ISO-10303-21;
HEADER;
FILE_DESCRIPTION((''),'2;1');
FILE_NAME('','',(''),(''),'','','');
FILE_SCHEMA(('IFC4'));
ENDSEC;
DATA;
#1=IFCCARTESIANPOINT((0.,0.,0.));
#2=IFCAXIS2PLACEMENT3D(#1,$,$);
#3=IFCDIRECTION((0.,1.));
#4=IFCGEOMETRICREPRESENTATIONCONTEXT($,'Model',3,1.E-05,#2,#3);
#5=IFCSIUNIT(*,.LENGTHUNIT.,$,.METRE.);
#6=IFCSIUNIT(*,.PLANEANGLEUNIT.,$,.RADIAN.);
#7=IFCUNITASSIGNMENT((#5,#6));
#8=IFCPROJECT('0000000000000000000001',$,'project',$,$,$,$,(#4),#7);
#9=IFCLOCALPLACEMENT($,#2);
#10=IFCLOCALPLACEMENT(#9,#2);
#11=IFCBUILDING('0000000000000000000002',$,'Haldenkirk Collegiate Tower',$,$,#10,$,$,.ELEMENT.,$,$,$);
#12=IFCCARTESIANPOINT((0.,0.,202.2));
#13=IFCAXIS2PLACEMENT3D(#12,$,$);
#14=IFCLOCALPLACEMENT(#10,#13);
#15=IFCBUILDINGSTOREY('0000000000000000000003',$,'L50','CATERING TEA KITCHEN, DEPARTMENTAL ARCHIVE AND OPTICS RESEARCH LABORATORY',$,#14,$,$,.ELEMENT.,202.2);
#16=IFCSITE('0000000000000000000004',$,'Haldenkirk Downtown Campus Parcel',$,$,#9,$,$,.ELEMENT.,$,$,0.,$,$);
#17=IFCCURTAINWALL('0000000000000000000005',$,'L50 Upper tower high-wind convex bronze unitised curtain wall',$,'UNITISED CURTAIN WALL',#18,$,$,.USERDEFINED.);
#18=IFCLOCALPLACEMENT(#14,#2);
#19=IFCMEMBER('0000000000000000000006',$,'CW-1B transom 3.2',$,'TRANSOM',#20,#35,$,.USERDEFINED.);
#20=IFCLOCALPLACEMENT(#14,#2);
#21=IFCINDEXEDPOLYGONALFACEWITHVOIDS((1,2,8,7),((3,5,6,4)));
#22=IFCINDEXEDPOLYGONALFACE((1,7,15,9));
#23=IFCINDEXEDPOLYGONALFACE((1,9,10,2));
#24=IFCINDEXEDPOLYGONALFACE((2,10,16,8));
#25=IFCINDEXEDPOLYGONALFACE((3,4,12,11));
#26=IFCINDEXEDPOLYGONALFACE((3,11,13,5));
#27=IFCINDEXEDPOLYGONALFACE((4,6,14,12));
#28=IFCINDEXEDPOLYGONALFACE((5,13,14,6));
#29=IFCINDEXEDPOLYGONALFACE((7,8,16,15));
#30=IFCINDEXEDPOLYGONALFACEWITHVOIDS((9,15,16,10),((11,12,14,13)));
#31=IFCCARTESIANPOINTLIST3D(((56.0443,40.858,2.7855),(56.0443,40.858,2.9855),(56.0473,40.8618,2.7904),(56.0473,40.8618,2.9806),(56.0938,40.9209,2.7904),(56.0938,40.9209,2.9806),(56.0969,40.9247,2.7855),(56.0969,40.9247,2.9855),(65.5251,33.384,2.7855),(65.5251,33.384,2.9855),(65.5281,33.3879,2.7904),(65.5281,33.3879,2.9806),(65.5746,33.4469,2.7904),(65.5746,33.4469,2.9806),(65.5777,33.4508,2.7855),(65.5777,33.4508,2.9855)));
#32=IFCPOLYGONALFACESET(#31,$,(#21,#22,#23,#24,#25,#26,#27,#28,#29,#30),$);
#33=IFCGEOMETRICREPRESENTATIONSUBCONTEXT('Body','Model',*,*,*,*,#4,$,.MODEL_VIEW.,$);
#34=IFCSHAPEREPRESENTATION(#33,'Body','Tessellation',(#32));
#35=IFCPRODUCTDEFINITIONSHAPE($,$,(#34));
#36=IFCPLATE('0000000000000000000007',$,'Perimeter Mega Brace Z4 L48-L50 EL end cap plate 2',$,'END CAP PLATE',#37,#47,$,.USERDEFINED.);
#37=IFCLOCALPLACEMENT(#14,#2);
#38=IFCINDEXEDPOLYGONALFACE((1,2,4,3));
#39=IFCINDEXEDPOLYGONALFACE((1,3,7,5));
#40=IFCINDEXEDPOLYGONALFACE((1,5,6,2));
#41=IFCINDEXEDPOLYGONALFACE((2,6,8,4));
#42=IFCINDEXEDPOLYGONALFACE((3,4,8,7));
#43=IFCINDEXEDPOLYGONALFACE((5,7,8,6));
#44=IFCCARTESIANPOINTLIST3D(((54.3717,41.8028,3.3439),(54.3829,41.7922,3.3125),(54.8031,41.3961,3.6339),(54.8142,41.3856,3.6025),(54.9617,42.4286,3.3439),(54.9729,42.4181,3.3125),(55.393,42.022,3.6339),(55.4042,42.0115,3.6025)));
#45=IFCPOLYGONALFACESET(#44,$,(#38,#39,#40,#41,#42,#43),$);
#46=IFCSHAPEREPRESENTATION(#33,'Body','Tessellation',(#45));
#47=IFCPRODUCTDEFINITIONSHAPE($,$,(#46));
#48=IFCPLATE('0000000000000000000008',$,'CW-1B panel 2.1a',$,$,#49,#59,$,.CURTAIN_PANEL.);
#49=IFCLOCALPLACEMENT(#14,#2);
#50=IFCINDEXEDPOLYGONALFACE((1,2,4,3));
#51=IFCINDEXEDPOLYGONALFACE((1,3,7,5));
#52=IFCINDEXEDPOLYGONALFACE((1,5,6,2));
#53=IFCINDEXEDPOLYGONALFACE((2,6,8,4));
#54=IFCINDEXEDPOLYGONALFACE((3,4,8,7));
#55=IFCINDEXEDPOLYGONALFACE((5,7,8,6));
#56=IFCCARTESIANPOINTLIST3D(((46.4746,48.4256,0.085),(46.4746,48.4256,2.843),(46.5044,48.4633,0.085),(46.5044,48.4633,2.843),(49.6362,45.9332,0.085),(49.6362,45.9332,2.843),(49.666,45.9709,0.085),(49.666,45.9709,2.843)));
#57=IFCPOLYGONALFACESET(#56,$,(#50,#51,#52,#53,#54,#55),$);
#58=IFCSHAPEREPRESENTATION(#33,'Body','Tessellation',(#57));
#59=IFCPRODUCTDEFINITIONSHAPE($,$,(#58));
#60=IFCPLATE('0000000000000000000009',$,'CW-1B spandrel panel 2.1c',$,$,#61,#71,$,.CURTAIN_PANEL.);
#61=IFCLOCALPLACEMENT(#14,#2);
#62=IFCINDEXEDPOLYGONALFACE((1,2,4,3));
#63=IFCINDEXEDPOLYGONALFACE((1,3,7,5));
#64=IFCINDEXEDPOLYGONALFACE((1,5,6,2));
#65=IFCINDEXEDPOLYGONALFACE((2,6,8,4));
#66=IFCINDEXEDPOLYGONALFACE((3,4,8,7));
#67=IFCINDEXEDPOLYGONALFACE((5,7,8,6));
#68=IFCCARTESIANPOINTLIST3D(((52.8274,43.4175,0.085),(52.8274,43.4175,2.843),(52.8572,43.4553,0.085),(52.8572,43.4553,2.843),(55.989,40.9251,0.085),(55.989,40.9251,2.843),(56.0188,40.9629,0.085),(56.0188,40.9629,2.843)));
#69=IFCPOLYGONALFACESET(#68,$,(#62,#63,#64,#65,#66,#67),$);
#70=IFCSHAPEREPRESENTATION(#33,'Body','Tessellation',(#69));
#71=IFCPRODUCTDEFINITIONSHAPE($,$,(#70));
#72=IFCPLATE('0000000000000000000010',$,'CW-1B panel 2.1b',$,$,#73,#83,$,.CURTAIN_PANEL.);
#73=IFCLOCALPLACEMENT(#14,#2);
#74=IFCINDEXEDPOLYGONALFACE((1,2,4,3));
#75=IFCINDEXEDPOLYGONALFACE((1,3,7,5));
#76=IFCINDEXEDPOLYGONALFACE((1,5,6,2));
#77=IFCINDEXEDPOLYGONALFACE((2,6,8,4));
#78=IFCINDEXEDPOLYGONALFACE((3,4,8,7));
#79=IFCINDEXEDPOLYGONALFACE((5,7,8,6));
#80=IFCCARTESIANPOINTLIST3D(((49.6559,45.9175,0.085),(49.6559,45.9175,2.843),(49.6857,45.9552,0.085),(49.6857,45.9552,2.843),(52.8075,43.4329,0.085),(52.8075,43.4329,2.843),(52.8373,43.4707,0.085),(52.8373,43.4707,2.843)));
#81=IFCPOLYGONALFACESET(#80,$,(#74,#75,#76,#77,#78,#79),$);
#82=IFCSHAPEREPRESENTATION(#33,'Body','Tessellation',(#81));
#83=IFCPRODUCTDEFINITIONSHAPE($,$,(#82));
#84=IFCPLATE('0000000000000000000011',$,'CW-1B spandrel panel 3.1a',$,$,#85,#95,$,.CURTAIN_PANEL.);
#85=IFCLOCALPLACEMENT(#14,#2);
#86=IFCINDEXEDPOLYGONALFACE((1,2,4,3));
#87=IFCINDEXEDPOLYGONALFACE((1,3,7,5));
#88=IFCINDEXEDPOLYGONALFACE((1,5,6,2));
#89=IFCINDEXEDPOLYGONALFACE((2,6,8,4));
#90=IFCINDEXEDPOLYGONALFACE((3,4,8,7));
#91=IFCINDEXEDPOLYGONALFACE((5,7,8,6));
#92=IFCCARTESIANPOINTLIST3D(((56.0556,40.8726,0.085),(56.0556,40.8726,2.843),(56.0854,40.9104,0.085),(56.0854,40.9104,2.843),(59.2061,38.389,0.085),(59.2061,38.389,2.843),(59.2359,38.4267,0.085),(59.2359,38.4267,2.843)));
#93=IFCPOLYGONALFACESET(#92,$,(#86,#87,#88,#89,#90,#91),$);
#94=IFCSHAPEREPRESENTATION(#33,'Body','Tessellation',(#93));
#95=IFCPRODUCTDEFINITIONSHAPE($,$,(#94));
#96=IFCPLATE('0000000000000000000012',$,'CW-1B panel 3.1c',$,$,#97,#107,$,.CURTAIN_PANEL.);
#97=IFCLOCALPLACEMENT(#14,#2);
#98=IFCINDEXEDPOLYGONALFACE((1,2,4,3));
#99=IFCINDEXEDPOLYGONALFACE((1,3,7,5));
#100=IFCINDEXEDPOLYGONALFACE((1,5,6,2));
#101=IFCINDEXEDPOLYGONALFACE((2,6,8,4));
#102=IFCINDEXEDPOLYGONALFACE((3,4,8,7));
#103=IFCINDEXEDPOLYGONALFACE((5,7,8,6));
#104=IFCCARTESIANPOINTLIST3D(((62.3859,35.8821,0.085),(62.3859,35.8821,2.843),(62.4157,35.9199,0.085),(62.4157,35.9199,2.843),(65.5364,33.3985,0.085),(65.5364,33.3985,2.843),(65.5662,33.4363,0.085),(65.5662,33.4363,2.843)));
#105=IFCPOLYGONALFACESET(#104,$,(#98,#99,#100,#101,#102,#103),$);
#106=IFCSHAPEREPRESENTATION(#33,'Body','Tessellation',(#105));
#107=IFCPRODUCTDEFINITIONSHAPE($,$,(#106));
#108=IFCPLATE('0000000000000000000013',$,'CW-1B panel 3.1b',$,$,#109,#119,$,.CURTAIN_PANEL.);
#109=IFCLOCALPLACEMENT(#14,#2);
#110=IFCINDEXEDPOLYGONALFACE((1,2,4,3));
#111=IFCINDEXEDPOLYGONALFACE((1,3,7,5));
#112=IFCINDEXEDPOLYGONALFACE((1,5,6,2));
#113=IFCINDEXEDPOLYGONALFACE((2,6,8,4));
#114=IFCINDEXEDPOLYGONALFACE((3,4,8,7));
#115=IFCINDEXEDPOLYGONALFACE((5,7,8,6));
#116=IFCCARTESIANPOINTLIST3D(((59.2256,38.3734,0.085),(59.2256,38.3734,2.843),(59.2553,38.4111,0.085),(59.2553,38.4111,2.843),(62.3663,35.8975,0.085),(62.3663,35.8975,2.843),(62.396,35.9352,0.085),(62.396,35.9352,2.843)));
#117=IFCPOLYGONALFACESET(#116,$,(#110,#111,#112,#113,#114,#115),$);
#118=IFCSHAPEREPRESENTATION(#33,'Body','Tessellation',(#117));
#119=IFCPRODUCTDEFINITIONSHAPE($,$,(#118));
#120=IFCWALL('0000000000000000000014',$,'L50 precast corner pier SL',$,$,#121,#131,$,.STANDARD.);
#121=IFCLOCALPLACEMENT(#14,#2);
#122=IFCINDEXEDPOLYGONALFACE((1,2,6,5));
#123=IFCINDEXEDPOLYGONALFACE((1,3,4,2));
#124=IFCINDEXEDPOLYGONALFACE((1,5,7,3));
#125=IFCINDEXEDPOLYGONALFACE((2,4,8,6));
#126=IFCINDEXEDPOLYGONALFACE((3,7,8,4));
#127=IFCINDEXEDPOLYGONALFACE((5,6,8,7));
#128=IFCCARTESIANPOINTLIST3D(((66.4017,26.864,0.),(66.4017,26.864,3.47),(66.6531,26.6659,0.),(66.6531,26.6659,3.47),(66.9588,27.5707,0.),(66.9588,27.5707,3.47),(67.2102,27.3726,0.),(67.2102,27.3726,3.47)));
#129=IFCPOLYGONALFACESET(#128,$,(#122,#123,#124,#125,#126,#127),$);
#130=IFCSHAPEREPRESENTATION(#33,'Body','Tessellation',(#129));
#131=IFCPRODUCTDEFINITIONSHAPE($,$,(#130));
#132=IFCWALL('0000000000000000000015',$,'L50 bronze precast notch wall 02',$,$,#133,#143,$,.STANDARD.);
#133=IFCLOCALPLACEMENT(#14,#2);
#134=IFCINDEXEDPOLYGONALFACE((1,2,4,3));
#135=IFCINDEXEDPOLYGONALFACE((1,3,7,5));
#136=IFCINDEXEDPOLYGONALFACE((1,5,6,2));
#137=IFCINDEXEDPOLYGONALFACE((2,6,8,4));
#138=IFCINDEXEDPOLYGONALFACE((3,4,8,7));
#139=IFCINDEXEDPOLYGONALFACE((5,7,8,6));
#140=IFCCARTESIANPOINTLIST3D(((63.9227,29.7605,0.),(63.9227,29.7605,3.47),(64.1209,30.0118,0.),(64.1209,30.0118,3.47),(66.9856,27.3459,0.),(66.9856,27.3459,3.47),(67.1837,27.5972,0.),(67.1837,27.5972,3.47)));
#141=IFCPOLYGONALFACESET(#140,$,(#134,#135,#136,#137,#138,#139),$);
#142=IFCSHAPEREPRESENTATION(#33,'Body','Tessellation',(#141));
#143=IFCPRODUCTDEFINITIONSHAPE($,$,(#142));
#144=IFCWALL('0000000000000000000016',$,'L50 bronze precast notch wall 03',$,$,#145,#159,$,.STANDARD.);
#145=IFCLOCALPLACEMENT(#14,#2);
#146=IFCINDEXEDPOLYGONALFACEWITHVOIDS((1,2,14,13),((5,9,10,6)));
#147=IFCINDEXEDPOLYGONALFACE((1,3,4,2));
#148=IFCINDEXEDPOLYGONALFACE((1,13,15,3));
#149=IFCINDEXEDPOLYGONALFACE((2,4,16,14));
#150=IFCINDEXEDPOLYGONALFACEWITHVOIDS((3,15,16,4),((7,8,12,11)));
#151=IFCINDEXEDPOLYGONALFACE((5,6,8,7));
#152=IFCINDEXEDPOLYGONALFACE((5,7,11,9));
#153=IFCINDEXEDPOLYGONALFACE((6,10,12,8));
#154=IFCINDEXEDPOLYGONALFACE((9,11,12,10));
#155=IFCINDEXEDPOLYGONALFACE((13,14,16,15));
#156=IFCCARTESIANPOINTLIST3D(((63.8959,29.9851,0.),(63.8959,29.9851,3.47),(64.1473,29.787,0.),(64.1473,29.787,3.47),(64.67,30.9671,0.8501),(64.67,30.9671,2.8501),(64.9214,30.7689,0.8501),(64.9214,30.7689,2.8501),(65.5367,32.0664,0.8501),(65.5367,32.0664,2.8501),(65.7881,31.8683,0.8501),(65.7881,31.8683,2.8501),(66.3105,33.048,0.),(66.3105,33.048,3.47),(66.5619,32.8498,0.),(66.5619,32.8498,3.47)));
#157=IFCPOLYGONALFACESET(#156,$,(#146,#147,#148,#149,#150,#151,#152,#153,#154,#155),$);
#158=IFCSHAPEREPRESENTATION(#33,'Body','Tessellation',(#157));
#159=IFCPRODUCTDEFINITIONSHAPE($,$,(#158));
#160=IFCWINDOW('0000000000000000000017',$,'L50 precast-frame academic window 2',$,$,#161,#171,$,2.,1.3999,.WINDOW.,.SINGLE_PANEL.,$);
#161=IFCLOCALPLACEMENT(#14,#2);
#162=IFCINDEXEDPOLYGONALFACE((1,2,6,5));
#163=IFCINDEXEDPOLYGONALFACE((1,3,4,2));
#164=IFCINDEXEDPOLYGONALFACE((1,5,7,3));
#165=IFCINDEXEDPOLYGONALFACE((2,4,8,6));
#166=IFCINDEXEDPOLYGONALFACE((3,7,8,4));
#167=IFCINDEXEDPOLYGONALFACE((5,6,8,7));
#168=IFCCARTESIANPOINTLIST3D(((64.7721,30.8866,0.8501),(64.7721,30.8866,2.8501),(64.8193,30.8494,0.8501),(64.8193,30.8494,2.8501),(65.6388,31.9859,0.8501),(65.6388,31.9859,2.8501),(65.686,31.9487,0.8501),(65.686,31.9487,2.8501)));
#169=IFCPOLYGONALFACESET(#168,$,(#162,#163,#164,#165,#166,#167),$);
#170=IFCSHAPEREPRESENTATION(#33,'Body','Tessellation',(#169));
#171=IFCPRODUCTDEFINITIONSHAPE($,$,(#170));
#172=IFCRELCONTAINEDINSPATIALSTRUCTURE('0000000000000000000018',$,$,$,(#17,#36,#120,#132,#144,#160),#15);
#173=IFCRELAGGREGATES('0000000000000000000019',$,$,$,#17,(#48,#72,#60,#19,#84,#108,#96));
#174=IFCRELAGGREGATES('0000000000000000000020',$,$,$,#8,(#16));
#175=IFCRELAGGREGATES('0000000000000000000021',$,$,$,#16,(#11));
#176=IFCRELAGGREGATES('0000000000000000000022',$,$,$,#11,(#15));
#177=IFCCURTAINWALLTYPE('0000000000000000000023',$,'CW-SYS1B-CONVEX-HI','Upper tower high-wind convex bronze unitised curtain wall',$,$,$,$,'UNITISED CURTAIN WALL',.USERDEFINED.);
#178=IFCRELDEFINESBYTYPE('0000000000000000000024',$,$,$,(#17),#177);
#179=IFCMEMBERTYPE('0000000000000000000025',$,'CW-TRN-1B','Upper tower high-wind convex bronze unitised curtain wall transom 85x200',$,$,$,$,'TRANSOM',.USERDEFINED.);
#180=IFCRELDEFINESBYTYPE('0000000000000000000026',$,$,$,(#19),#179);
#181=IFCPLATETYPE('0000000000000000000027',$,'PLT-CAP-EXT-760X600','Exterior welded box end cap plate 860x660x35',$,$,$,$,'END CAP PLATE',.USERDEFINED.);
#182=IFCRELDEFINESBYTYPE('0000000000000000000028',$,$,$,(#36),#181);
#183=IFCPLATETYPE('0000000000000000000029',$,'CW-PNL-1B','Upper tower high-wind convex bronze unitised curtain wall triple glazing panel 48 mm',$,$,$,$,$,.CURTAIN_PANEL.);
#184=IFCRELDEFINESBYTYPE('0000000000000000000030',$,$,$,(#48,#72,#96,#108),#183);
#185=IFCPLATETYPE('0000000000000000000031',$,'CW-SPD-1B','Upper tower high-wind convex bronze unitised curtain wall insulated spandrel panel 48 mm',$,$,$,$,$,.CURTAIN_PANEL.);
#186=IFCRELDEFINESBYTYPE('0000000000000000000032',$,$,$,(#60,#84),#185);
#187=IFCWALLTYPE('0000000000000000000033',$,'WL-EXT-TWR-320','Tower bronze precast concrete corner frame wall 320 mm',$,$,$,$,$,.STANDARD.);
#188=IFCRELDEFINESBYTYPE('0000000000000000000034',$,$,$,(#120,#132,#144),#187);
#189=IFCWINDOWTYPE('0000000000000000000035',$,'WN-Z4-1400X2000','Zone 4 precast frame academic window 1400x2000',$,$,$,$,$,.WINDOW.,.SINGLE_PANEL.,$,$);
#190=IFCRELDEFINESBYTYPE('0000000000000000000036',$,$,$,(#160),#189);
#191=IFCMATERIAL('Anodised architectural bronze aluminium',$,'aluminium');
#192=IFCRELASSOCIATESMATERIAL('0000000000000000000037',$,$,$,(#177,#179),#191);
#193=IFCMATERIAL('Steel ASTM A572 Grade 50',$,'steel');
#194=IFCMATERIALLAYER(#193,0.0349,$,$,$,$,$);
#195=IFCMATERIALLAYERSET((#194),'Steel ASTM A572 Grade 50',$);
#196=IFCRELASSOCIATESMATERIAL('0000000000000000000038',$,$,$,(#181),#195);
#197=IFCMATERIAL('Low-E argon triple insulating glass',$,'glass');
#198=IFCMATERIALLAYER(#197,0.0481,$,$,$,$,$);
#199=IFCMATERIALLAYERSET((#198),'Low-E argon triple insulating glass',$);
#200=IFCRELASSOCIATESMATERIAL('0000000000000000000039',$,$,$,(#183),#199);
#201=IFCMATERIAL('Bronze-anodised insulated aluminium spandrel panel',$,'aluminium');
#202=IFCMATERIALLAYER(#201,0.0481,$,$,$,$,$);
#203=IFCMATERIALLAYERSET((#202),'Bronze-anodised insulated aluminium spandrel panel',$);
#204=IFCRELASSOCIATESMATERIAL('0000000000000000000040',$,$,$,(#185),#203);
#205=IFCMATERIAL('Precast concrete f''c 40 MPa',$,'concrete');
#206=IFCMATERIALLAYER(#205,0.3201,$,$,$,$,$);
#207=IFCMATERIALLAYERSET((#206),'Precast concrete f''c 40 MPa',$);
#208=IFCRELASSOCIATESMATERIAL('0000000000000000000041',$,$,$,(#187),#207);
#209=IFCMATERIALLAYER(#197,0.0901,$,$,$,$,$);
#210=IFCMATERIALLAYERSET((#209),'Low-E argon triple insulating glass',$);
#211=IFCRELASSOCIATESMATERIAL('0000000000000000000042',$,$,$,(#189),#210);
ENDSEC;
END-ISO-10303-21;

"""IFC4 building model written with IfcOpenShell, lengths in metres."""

from ifc_helpers import new_model, si_unit, direction, frame, frame_2d, origin, origin_2d, place, context, subcontext, project, spatial, rectangle, hollow_rectangle, extrude, source, transform, mapped, material, layer, layer_set, material_profile, profile_set, type_object, element, fill, aggregate, save


model = new_model("IFC4")

# Units and contexts
model_context = context("Model", 3, precision=1e-05, world=origin(), true_north=direction((0.0, 1.0)))
body_context = subcontext(model_context, "Body", "Model", "MODEL_VIEW")
ifc_project = project(units=[si_unit("LENGTHUNIT", "METRE"), si_unit("PLANEANGLEUNIT", "RADIAN")], contexts=[model_context])

# Site, building, storey
site_placement = place(None, origin())
site = spatial("IfcSite", under=ifc_project, at=site_placement, Name="Haldenkirk Downtown Campus Parcel", CompositionType="ELEMENT", RefElevation=0.0)
building_placement = place(site_placement, origin())
building = spatial("IfcBuilding", under=site, at=building_placement, Name="Haldenkirk Collegiate Tower", CompositionType="ELEMENT")
storey_placement = place(building_placement, frame((0.0, 0.0, 202.2)))
storey = spatial("IfcBuildingStorey", under=building, at=storey_placement, Name="L50", Description="CATERING TEA KITCHEN, DEPARTMENTAL ARCHIVE AND OPTICS RESEARCH LABORATORY", CompositionType="ELEMENT", Elevation=202.2)

# Shared definitions
ifc_material_1 = material(Name="Steel ASTM A572 Grade 50", Category="steel")

# Shared definitions
ifc_material_2 = material(Name="Anodised architectural bronze aluminium", Category="aluminium")

# Curtain wall
curtain_wall_type_1 = type_object("IfcCurtainWallType", Name="CW-SYS1B-CONVEX-HI", Description="Upper tower high-wind convex bronze unitised curtain wall", ElementType="UNITISED CURTAIN WALL", PredefinedType="USERDEFINED", material=ifc_material_2)
curtain_wall_1_placement = place(storey_placement, origin())
curtain_wall_1 = element("IfcCurtainWall", 1, at=curtain_wall_1_placement, inside=storey, type_object=curtain_wall_type_1, Name="L50 Upper tower high-wind convex bronze unitised curtain wall", ObjectType="UNITISED CURTAIN WALL", PredefinedType="USERDEFINED")

# Member
ifc_material_profile_1 = material_profile(ifc_material_2, hollow_rectangle(XDim=0.085, YDim=0.2, WallThickness=0.0049, at=origin_2d()), Name="CW-TRN-1B")
ifc_profile_set_1 = profile_set([ifc_material_profile_1], Name="Anodised architectural bronze aluminium")
member_type_1 = type_object("IfcMemberType", Name="CW-TRN-1B", Description="Upper tower high-wind convex bronze unitised curtain wall transom 85x200", ElementType="TRANSOM", PredefinedType="USERDEFINED", material=ifc_profile_set_1)
member_1_placement = place(storey_placement, frame((56.0706, 40.8914, 2.8855), z_axis=(0.785322, -0.619088, 0.0), x_axis=(0.619088, 0.785322, 0.0)))
member_1 = element("IfcMember", 2, at=member_1_placement, type_object=member_type_1, Name="CW-1B transom 3.2", ObjectType="TRANSOM", PredefinedType="USERDEFINED", context=body_context, shape_type="SweptSolid", body=[
    extrude(hollow_rectangle(XDim=0.085, YDim=0.2, WallThickness=0.0049, at=origin_2d()), origin(), (0.0, 0.0, 1.0), 12.0725),
])

# Plates
ifc_layer_1 = layer(ifc_material_1, 0.0349)
ifc_layer_set_1 = layer_set([ifc_layer_1], Name="Steel ASTM A572 Grade 50")
plate_type_1 = type_object("IfcPlateType", Name="PLT-CAP-EXT-760X600", Description="Exterior welded box end cap plate 860x660x35", ElementType="END CAP PLATE", PredefinedType="USERDEFINED", material=ifc_layer_set_1)
shared_shape_1 = source(origin(), body_context, "Body", "SweptSolid", [
    extrude(rectangle(XDim=0.8601, YDim=0.6599, at=origin_2d()), origin(), (0.0, 0.0, 1.0), 0.0349),
])
plate_1_placement = place(storey_placement, frame((54.8936, 41.9019, 3.4575), z_axis=(-0.319786, 0.301466, 0.898251), x_axis=(-0.685956, -0.727643, 0.0)))
element("IfcPlate", 3, at=plate_1_placement, inside=storey, type_object=plate_type_1, Name="Perimeter Mega Brace Z4 L48-L50 EL end cap plate 2", ObjectType="END CAP PLATE", PredefinedType="USERDEFINED", context=body_context, shape_type="MappedRepresentation", body=[
    mapped(shared_shape_1, transform((0.0, 0.0, 0.0), x_axis=(1.0, 0.0, 0.0), y_axis=(0.0, 1.0, 0.0), z_axis=(0.0, 0.0, 1.0), scale=1.0)),
])
ifc_material_3 = material(Name="Low-E argon triple insulating glass", Category="glass")
ifc_layer_2 = layer(ifc_material_3, 0.0481)
ifc_layer_set_2 = layer_set([ifc_layer_2], Name="Low-E argon triple insulating glass")
plate_type_2 = type_object("IfcPlateType", Name="CW-PNL-1B", Description="Upper tower high-wind convex bronze unitised curtain wall triple glazing panel 48 mm", PredefinedType="CURTAIN_PANEL", material=ifc_layer_set_2)
shared_shape_2 = source(origin(), body_context, "Body", "SweptSolid", [
    extrude(rectangle(XDim=4.0259, YDim=0.0481, at=origin_2d()), origin(), (0.0, 0.0, 1.0), 2.7581),
])
plate_2_placement = place(storey_placement, frame((48.0703, 47.1982, 0.085), z_axis=(0.0, 0.0, 1.0), x_axis=(0.785317, -0.619093, 0.0)))
plate_2 = element("IfcPlate", 4, at=plate_2_placement, type_object=plate_type_2, Name="CW-1B panel 2.1a", PredefinedType="CURTAIN_PANEL", context=body_context, shape_type="MappedRepresentation", body=[
    mapped(shared_shape_2, transform((0.0, 0.0, 0.0), x_axis=(1.0, 0.0, 0.0), y_axis=(0.0, 1.0, 0.0), z_axis=(0.0, 0.0, 1.0), scale=1.0)),
])
ifc_material_4 = material(Name="Bronze-anodised insulated aluminium spandrel panel", Category="aluminium")
ifc_layer_3 = layer(ifc_material_4, 0.0481)
ifc_layer_set_3 = layer_set([ifc_layer_3], Name="Bronze-anodised insulated aluminium spandrel panel")
plate_type_3 = type_object("IfcPlateType", Name="CW-SPD-1B", Description="Upper tower high-wind convex bronze unitised curtain wall insulated spandrel panel 48 mm", PredefinedType="CURTAIN_PANEL", material=ifc_layer_set_3)
plate_3_placement = place(storey_placement, frame((54.4231, 42.1902, 0.085), z_axis=(0.0, 0.0, 1.0), x_axis=(0.785317, -0.619093, 0.0)))
plate_3 = element("IfcPlate", 5, at=plate_3_placement, type_object=plate_type_3, Name="CW-1B spandrel panel 2.1c", PredefinedType="CURTAIN_PANEL", context=body_context, shape_type="MappedRepresentation", body=[
    mapped(shared_shape_2, transform((0.0, 0.0, 0.0), x_axis=(1.0, 0.0, 0.0), y_axis=(0.0, 1.0, 0.0), z_axis=(0.0, 0.0, 1.0), scale=1.0)),
])
shared_shape_3 = source(origin(), body_context, "Body", "SweptSolid", [
    extrude(rectangle(XDim=4.0132, YDim=0.0481, at=origin_2d()), origin(), (0.0, 0.0, 1.0), 2.7581),
])
plate_4_placement = place(storey_placement, frame((51.2466, 44.6941, 0.085), z_axis=(0.0, 0.0, 1.0), x_axis=(0.785317, -0.619093, 0.0)))
plate_4 = element("IfcPlate", 6, at=plate_4_placement, type_object=plate_type_2, Name="CW-1B panel 2.1b", PredefinedType="CURTAIN_PANEL", context=body_context, shape_type="MappedRepresentation", body=[
    mapped(shared_shape_3, transform((0.0, 0.0, 0.0), x_axis=(1.0, 0.0, 0.0), y_axis=(0.0, 1.0, 0.0), z_axis=(0.0, 0.0, 1.0), scale=1.0)),
])
shared_shape_4 = source(origin(), body_context, "Body", "SweptSolid", [
    extrude(rectangle(XDim=4.0117, YDim=0.0481, at=origin_2d()), origin(), (0.0, 0.0, 1.0), 2.7581),
])
plate_5_placement = place(storey_placement, frame((57.6458, 39.6497, 0.085), z_axis=(0.0, 0.0, 1.0), x_axis=(0.785317, -0.619093, 0.0)))
plate_5 = element("IfcPlate", 7, at=plate_5_placement, type_object=plate_type_3, Name="CW-1B spandrel panel 3.1a", PredefinedType="CURTAIN_PANEL", context=body_context, shape_type="MappedRepresentation", body=[
    mapped(shared_shape_4, transform((0.0, 0.0, 0.0), x_axis=(1.0, 0.0, 0.0), y_axis=(0.0, 1.0, 0.0), z_axis=(0.0, 0.0, 1.0), scale=1.0)),
])
plate_6_placement = place(storey_placement, frame((63.9761, 34.6592, 0.085), z_axis=(0.0, 0.0, 1.0), x_axis=(0.785317, -0.619093, 0.0)))
plate_6 = element("IfcPlate", 8, at=plate_6_placement, type_object=plate_type_2, Name="CW-1B panel 3.1c", PredefinedType="CURTAIN_PANEL", context=body_context, shape_type="MappedRepresentation", body=[
    mapped(shared_shape_4, transform((0.0, 0.0, 0.0), x_axis=(1.0, 0.0, 0.0), y_axis=(0.0, 1.0, 0.0), z_axis=(0.0, 0.0, 1.0), scale=1.0)),
])
shared_shape_5 = source(origin(), body_context, "Body", "SweptSolid", [
    extrude(rectangle(XDim=3.9993, YDim=0.0481, at=origin_2d()), origin(), (0.0, 0.0, 1.0), 2.7581),
])
plate_7_placement = place(storey_placement, frame((60.8108, 37.1543, 0.085), z_axis=(0.0, 0.0, 1.0), x_axis=(0.785317, -0.619093, 0.0)))
plate_7 = element("IfcPlate", 9, at=plate_7_placement, type_object=plate_type_2, Name="CW-1B panel 3.1b", PredefinedType="CURTAIN_PANEL", context=body_context, shape_type="MappedRepresentation", body=[
    mapped(shared_shape_5, transform((0.0, 0.0, 0.0), x_axis=(1.0, 0.0, 0.0), y_axis=(0.0, 1.0, 0.0), z_axis=(0.0, 0.0, 1.0), scale=1.0)),
])
aggregate(curtain_wall_1, [plate_2, plate_4, plate_3, member_1, plate_5, plate_7, plate_6])

# Walls
ifc_material_5 = material(Name="Precast concrete f'c 40 MPa", Category="concrete")
ifc_layer_4 = layer(ifc_material_5, 0.3201)
ifc_layer_set_4 = layer_set([ifc_layer_4], Name="Precast concrete f'c 40 MPa")
wall_type_1 = type_object("IfcWallType", Name="WL-EXT-TWR-320", Description="Tower bronze precast concrete corner frame wall 320 mm", PredefinedType="STANDARD", material=ifc_layer_set_4)
wall_1_placement = place(storey_placement, frame((67.0845, 27.4717, 0.0), z_axis=(0.0, 0.0, 1.0), x_axis=(-0.619055, -0.785348, 0.0)))
element("IfcWall", 10, at=wall_1_placement, inside=storey, type_object=wall_type_1, Name="L50 precast corner pier SL", PredefinedType="STANDARD", context=body_context, shape_type="SweptSolid", body=[
    extrude(rectangle(XDim=0.8999, YDim=0.3201, at=frame_2d((0.45, 0.0))), origin(), (0.0, 0.0, 1.0), 3.47),
])
wall_2_placement = place(storey_placement, frame((64.0217, 29.8862, 0.0), z_axis=(0.0, 0.0, 1.0), x_axis=(0.785307, -0.619106, 0.0)))
element("IfcWall", 11, at=wall_2_placement, inside=storey, type_object=wall_type_1, Name="L50 bronze precast notch wall 02", PredefinedType="STANDARD", context=body_context, shape_type="SweptSolid", body=[
    extrude(rectangle(XDim=3.9001, YDim=0.3201, at=frame_2d((1.9502, 0.0))), origin(), (0.0, 0.0, 1.0), 3.47),
])

# Wall, opening, window
wall_3_placement = place(storey_placement, frame((66.4363, 32.949, 0.0), z_axis=(0.0, 0.0, 1.0), x_axis=(-0.619106, -0.785307, 0.0)))
wall_3 = element("IfcWall", 12, at=wall_3_placement, inside=storey, type_object=wall_type_1, Name="L50 bronze precast notch wall 03", PredefinedType="STANDARD", context=body_context, shape_type="SweptSolid", body=[
    extrude(rectangle(XDim=3.9001, YDim=0.3201, at=frame_2d((1.9502, 0.0))), origin(), (0.0, 0.0, 1.0), 3.47),
])
opening_placement = place(wall_3_placement, frame((1.25, 0.0, 0.8501)))
opening = element("IfcOpeningElement", 13, at=opening_placement, cuts=wall_3, PredefinedType="OPENING", context=body_context, shape_type="SweptSolid", body=[
    extrude(rectangle(XDim=1.3999, YDim=2.0, at=frame_2d((0.7, 1.0))), frame((0.0, 0.1699, 0.0), z_axis=(0.0, -1.0, 0.0), x_axis=(1.0, 0.0, 0.0)), (0.0, 0.0, 1.0), 0.3401),
])
ifc_layer_5 = layer(ifc_material_3, 0.0901)
ifc_layer_set_5 = layer_set([ifc_layer_5], Name="Low-E argon triple insulating glass")
window_type = type_object("IfcWindowType", Name="WN-Z4-1400X2000", Description="Zone 4 precast frame academic window 1400x2000", PartitioningType="SINGLE_PANEL", PredefinedType="WINDOW", material=ifc_layer_set_5)
window_placement = place(opening_placement, origin())
window = element("IfcWindow", 14, at=window_placement, inside=storey, type_object=window_type, Name="L50 precast-frame academic window 2", OverallHeight=2.0, OverallWidth=1.3999, PartitioningType="SINGLE_PANEL", PredefinedType="WINDOW", context=body_context, shape_type="SweptSolid", body=[
    extrude(rectangle(XDim=1.3999, YDim=2.0, at=frame_2d((0.7, 1.0))), frame((0.0, 0.03, 0.0), z_axis=(0.0, -1.0, 0.0), x_axis=(1.0, 0.0, 0.0)), (0.0, 0.0, 1.0), 0.0601),
])
fill(opening, window)

save(model, "model.ifc")
